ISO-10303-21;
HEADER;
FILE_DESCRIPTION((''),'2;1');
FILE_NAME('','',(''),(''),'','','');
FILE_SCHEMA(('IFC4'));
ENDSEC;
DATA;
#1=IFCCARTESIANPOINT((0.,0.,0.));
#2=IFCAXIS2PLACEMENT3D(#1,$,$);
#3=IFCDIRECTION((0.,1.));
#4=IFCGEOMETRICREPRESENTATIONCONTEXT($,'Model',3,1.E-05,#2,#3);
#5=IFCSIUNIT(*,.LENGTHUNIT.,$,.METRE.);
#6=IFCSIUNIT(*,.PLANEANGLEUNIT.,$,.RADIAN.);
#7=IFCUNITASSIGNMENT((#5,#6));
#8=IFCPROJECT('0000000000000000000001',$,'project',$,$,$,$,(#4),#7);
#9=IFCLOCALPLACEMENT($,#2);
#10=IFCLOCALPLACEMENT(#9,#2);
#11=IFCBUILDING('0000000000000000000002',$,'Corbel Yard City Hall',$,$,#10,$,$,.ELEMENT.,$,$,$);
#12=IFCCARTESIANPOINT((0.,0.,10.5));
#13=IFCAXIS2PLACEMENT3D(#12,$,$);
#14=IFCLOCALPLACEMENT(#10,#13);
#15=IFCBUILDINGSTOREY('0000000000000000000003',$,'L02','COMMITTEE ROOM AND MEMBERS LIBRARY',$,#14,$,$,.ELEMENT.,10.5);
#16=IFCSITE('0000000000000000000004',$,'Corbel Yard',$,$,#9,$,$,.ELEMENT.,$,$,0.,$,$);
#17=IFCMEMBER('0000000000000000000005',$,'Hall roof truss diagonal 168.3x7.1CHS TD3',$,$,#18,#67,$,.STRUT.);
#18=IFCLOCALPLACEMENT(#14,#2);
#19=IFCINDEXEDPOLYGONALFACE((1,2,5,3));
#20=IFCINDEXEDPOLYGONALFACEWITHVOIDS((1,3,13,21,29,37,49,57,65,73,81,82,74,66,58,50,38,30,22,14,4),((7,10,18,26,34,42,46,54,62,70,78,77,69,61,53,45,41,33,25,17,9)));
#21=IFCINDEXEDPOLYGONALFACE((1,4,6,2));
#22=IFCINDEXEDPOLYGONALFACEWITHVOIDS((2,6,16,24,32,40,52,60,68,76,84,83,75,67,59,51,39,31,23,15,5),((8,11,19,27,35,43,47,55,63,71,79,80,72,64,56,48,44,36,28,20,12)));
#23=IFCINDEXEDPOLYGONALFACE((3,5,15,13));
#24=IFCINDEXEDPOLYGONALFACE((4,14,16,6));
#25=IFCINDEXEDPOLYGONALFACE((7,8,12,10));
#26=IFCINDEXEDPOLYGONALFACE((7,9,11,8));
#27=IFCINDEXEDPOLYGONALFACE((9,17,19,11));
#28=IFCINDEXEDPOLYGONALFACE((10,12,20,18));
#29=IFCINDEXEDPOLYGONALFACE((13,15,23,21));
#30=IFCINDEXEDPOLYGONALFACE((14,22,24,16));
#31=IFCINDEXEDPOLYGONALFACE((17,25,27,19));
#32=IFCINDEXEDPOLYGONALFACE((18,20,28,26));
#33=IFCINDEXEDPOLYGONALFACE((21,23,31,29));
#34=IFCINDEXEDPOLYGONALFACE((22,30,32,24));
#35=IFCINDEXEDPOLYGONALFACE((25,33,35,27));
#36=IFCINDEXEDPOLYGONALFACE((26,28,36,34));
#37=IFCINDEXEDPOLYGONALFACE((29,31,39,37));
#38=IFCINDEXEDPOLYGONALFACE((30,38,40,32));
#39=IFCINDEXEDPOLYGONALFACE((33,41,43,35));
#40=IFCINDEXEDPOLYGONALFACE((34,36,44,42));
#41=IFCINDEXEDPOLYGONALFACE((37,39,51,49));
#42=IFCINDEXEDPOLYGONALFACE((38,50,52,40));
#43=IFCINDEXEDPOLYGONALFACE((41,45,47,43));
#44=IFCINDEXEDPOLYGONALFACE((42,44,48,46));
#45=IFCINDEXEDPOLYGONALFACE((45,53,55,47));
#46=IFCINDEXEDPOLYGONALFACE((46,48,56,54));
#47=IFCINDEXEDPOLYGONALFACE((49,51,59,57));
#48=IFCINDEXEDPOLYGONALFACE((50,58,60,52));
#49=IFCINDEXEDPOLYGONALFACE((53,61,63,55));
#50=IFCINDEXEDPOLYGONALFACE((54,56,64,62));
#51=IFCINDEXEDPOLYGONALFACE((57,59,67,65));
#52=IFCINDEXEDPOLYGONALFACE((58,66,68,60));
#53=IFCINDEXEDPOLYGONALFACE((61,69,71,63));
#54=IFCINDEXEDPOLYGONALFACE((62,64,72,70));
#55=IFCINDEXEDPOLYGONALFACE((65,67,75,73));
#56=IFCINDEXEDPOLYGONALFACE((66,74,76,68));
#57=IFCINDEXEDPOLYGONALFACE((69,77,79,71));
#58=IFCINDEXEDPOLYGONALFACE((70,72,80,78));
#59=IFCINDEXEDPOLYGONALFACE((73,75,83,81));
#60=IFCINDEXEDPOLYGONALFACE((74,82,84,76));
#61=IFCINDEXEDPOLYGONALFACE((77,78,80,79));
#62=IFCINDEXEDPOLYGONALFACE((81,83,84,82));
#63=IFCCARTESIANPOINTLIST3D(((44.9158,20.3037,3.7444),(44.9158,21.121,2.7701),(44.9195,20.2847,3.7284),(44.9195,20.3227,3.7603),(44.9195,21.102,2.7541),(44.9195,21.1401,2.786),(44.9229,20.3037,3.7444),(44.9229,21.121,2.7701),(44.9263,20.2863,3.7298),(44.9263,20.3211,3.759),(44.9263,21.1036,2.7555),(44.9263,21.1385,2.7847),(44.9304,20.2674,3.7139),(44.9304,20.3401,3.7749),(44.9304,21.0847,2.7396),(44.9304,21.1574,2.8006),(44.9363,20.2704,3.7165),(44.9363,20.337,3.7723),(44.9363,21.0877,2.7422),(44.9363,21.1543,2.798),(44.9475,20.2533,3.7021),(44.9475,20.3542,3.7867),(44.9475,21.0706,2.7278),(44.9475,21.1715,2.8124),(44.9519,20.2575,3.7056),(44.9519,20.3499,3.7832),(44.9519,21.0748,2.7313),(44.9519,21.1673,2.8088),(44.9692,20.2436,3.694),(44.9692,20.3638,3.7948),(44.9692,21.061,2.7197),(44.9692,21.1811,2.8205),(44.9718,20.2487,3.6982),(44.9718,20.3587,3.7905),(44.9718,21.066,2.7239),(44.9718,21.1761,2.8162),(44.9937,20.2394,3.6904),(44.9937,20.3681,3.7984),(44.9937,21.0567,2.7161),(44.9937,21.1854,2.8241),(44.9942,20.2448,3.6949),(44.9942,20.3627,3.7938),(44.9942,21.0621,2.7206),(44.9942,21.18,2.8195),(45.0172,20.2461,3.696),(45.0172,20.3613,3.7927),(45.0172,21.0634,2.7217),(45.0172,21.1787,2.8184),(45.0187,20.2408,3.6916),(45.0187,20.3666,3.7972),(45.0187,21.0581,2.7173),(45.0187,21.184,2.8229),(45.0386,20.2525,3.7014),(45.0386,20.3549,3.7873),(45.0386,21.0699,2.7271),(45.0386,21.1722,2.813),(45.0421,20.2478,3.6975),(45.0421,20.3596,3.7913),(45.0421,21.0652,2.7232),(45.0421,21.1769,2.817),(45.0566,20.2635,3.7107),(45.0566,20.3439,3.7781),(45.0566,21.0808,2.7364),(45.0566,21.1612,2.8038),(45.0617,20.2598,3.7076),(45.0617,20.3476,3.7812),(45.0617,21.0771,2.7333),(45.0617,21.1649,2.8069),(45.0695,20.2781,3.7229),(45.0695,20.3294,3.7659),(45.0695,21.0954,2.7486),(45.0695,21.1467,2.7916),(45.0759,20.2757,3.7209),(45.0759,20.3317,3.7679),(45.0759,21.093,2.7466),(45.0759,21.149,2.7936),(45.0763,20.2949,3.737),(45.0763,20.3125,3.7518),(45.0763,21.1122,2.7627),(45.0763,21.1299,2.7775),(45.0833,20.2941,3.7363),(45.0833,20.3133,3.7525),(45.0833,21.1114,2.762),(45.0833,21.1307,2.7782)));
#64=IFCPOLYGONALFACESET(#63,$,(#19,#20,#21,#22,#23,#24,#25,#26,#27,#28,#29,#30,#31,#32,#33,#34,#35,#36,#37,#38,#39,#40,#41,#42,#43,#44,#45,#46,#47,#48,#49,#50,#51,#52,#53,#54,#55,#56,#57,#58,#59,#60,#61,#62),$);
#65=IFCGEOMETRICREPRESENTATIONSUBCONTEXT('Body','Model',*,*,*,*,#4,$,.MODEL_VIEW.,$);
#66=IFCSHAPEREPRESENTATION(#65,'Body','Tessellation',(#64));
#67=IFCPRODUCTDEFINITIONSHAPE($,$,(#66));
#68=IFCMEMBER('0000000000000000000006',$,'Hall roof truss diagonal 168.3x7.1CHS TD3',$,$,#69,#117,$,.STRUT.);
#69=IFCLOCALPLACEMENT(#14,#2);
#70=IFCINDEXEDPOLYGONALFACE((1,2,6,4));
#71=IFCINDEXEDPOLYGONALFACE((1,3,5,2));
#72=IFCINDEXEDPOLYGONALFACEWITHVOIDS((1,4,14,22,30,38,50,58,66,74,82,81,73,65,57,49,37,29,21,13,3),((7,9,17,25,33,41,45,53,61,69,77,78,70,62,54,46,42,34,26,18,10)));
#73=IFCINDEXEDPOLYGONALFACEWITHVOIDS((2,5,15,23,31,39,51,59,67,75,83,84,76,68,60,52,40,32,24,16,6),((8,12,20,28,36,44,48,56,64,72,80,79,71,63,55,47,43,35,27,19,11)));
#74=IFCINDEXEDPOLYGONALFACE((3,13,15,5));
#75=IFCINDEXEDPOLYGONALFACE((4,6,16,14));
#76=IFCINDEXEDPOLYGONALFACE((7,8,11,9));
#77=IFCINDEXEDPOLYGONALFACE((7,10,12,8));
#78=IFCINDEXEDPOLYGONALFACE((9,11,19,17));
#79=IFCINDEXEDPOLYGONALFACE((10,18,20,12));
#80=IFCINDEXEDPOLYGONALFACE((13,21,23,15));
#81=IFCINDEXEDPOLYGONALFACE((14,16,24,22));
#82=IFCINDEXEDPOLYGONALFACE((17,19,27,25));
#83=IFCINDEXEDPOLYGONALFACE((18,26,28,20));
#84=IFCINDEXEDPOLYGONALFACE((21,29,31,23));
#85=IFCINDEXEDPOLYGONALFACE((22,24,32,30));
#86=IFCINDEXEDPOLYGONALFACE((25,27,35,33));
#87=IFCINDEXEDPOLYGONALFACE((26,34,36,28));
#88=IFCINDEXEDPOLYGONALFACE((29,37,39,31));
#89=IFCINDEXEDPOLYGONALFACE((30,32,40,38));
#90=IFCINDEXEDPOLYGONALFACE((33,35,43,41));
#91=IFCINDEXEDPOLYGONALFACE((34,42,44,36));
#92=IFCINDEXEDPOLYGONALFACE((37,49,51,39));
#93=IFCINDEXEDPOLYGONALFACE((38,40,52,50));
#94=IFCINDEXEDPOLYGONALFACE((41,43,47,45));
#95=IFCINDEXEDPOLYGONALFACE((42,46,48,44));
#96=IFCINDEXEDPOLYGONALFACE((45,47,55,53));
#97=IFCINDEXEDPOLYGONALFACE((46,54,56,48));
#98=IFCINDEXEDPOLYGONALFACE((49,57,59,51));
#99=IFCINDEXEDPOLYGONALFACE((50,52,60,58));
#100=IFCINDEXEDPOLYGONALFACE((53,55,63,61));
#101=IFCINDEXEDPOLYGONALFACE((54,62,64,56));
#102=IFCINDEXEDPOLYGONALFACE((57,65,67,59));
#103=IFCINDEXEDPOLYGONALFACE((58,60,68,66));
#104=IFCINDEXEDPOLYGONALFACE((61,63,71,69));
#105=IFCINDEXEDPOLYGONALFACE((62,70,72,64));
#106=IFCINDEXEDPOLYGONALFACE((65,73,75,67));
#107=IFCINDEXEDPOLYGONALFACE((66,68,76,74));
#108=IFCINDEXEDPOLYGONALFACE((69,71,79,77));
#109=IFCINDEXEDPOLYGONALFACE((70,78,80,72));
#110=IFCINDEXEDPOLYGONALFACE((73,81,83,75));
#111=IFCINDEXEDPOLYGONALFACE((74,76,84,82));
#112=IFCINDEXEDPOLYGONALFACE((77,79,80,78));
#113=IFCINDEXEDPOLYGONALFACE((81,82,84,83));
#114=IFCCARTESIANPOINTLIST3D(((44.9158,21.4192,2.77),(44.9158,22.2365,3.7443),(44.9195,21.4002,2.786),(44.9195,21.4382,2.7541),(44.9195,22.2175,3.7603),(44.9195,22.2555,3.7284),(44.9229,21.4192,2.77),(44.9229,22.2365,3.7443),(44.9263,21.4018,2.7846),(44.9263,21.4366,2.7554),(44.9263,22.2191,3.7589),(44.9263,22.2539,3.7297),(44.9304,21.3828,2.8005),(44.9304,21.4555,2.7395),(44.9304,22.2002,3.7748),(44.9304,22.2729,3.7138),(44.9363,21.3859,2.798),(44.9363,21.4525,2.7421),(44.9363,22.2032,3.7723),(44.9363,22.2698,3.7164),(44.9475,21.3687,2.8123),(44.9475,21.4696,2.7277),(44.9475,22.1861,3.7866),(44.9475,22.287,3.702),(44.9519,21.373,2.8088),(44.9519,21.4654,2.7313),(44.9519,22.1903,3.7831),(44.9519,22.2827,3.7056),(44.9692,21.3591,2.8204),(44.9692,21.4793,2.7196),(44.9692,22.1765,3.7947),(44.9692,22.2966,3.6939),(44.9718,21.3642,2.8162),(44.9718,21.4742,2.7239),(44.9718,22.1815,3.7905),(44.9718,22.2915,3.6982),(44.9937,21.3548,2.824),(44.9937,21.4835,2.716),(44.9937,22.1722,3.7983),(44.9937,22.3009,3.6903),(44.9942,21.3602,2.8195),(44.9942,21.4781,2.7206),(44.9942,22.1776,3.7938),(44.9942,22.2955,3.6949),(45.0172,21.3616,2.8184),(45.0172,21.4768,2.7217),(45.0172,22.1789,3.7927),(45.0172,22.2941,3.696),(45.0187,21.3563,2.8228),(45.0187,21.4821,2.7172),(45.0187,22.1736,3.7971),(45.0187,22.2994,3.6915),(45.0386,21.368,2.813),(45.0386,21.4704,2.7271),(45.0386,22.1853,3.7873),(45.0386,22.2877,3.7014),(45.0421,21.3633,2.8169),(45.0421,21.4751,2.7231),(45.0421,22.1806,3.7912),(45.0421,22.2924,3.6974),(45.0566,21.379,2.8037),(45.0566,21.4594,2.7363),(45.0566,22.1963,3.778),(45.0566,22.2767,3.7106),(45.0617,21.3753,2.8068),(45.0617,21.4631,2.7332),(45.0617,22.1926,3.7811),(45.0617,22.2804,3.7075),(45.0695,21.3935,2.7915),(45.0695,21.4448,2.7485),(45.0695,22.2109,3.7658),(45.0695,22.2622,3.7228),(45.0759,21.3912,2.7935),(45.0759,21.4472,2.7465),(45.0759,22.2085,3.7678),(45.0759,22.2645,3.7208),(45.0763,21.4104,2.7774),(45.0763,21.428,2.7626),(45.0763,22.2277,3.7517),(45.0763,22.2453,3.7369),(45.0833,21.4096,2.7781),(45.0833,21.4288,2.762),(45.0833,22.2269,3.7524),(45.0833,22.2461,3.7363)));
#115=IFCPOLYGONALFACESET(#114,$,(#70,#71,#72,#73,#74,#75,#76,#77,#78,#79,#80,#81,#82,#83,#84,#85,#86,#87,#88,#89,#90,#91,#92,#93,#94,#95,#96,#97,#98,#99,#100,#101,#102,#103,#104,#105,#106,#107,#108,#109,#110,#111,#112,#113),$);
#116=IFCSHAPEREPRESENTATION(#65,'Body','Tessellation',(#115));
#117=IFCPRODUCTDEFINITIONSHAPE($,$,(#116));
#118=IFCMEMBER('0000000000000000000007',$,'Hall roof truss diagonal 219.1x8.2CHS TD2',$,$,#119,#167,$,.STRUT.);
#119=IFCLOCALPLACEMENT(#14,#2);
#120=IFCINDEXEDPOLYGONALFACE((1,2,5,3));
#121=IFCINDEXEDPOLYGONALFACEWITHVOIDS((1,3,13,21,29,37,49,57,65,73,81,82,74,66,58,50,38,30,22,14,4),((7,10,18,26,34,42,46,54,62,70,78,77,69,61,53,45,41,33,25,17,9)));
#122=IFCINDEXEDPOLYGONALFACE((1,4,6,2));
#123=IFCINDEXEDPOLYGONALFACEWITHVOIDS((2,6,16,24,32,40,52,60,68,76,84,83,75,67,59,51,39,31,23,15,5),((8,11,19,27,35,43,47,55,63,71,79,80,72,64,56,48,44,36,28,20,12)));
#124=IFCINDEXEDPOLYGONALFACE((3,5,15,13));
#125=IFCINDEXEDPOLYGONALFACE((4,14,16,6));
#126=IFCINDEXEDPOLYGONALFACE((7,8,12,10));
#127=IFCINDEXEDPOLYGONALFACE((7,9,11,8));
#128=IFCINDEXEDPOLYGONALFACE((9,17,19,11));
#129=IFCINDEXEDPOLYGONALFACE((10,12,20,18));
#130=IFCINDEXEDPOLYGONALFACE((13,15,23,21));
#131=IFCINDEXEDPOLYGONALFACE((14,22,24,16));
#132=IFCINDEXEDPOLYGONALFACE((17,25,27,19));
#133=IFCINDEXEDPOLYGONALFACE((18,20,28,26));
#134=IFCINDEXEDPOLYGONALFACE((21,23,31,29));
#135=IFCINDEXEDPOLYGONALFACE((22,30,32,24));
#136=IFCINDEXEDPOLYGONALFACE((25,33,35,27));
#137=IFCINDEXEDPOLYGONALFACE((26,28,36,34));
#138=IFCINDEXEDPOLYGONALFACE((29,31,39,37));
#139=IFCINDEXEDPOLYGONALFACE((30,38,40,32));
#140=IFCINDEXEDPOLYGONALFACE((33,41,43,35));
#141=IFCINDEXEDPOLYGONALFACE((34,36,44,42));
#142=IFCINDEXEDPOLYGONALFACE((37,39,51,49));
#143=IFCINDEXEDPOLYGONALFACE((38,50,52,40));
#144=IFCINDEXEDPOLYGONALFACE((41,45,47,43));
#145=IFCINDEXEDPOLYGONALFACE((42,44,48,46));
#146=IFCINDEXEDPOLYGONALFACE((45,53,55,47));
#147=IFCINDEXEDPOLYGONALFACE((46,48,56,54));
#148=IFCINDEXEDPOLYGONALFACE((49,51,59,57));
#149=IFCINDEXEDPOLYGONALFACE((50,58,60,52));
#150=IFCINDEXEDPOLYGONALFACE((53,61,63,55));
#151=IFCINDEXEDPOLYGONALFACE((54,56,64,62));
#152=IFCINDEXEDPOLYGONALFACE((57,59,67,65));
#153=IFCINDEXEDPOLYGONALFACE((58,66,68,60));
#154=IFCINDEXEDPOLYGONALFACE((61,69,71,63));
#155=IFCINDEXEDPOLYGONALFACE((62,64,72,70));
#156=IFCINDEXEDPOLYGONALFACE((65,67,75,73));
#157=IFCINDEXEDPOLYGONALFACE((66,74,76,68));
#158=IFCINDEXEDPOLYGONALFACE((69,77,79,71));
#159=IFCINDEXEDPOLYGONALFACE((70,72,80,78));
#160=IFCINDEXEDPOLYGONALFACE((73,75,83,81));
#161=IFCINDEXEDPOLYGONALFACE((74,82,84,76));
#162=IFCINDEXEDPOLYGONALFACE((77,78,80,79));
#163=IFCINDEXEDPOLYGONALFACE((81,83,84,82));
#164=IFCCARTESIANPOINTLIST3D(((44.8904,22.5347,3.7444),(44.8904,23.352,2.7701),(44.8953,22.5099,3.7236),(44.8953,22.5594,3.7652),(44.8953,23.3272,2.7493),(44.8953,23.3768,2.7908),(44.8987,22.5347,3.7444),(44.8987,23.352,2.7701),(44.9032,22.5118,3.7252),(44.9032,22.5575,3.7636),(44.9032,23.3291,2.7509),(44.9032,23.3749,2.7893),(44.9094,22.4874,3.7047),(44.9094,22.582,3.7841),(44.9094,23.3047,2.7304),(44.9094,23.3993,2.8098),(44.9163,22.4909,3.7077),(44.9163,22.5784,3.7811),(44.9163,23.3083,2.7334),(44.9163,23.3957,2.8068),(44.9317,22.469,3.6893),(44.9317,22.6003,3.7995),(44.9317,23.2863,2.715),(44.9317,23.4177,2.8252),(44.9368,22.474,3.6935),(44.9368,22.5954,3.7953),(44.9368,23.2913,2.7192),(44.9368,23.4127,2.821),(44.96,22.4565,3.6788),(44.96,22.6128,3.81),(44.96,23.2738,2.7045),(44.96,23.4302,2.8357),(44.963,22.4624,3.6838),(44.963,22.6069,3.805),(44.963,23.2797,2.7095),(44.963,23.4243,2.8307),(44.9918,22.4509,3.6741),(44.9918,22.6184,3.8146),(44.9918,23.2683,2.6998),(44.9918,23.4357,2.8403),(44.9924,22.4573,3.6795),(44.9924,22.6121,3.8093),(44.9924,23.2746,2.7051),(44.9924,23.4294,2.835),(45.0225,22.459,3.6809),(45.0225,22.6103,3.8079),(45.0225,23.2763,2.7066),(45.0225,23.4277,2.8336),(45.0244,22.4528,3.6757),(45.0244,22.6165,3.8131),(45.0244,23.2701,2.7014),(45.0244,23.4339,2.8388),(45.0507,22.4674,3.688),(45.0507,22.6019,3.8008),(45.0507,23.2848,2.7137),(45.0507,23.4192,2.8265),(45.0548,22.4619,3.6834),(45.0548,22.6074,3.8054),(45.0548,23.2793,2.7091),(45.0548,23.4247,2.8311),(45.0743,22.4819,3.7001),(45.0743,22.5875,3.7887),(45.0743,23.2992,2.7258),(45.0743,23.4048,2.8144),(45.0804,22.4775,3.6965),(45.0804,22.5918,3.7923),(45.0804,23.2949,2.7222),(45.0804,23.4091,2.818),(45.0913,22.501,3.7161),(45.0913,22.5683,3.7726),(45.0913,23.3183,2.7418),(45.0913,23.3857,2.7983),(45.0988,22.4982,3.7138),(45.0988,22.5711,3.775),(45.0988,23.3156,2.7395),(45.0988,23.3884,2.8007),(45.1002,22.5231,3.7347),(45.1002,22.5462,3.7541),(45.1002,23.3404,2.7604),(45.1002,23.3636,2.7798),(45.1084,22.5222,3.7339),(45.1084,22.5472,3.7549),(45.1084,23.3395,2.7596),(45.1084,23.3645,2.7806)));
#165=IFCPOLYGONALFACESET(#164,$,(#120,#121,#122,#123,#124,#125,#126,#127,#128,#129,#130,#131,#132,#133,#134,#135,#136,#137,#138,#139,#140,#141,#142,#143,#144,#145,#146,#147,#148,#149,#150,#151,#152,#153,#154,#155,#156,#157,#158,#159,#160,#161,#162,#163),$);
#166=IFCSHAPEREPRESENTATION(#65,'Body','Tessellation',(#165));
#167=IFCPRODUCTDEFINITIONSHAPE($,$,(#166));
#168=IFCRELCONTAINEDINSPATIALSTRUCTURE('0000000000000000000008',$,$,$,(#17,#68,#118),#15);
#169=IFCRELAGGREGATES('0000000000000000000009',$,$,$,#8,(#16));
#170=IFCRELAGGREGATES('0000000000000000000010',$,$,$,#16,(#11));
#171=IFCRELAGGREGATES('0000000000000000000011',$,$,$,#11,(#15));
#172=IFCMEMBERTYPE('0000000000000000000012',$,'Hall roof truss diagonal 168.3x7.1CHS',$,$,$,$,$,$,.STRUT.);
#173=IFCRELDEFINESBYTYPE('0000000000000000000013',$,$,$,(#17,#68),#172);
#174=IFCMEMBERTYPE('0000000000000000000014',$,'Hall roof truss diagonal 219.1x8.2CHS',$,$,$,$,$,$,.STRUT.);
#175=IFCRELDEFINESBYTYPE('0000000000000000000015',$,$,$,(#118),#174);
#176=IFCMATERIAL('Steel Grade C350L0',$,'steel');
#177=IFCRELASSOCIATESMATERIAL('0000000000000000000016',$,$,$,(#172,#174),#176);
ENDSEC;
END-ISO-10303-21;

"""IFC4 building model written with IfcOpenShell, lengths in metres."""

from ifc_helpers import new_model, si_unit, direction, frame, origin, origin_2d, place, context, subcontext, project, spatial, hollow_circle, extrude, material, material_profile, profile_set, type_object, element, save


model = new_model("IFC4")

# Units and contexts
model_context = context("Model", 3, precision=1e-05, world=origin(), true_north=direction((0.0, 1.0)))
body_context = subcontext(model_context, "Body", "Model", "MODEL_VIEW")
ifc_project = project(units=[si_unit("LENGTHUNIT", "METRE"), si_unit("PLANEANGLEUNIT", "RADIAN")], contexts=[model_context])

# Site, building, storey
site_placement = place(None, origin())
site = spatial("IfcSite", under=ifc_project, at=site_placement, Name="Corbel Yard", CompositionType="ELEMENT", RefElevation=0.0)
building_placement = place(site_placement, origin())
building = spatial("IfcBuilding", under=site, at=building_placement, Name="Corbel Yard City Hall", CompositionType="ELEMENT")
storey_placement = place(building_placement, frame((0.0, 0.0, 10.5)))
storey = spatial("IfcBuildingStorey", under=building, at=storey_placement, Name="L02", Description="COMMITTEE ROOM AND MEMBERS LIBRARY", CompositionType="ELEMENT", Elevation=10.5)

# Members
ifc_material_1 = material(Name="Steel Grade C350L0", Category="steel")
ifc_material_profile_1 = material_profile(ifc_material_1, hollow_circle(Radius=0.0842, WallThickness=0.0071, at=origin_2d()), Name="168.3x7.1CHS")
ifc_profile_set_1 = profile_set([ifc_material_profile_1], Name="Steel Grade C350L0")
member_type_1 = type_object("IfcMemberType", Name="Hall roof truss diagonal 168.3x7.1CHS", PredefinedType="STRUT", material=ifc_profile_set_1)
for number, where, z_axis, x_axis, name in (
    (1, (45.0, 20.3037, 3.7444), (0.0, 0.642692, -0.766124), (-1.0, 0.0, 0.0), "Hall roof truss diagonal 168.3x7.1CHS TD3"),
    (2, (45.0, 21.4192, 2.77), (0.0, 0.642692, 0.766124), (-1.0, 0.0, 0.0), "Hall roof truss diagonal 168.3x7.1CHS TD3"),
):
    element("IfcMember", number, at=place(storey_placement, frame(where, z_axis=z_axis, x_axis=x_axis)), inside=storey, type_object=member_type_1, Name=name, PredefinedType="STRUT", context=body_context, shape_type="SweptSolid", body=[
        extrude(hollow_circle(Radius=0.0842, WallThickness=0.0071, at=origin_2d()), origin(), (0.0, 0.0, 1.0), 1.2717),
    ])
ifc_material_profile_2 = material_profile(ifc_material_1, hollow_circle(Radius=0.1096, WallThickness=0.0083, at=origin_2d()), Name="219.1x8.2CHS")
ifc_profile_set_2 = profile_set([ifc_material_profile_2], Name="Steel Grade C350L0")
member_type_2 = type_object("IfcMemberType", Name="Hall roof truss diagonal 219.1x8.2CHS", PredefinedType="STRUT", material=ifc_profile_set_2)
for number, where, z_axis, x_axis, name in (
    (3, (45.0, 22.5347, 3.7444), (0.0, 0.642692, -0.766124), (-1.0, 0.0, 0.0), "Hall roof truss diagonal 219.1x8.2CHS TD2"),
):
    element("IfcMember", number, at=place(storey_placement, frame(where, z_axis=z_axis, x_axis=x_axis)), inside=storey, type_object=member_type_2, Name=name, PredefinedType="STRUT", context=body_context, shape_type="SweptSolid", body=[
        extrude(hollow_circle(Radius=0.1096, WallThickness=0.0083, at=origin_2d()), origin(), (0.0, 0.0, 1.0), 1.2717),
    ])

save(model, "model.ifc")
